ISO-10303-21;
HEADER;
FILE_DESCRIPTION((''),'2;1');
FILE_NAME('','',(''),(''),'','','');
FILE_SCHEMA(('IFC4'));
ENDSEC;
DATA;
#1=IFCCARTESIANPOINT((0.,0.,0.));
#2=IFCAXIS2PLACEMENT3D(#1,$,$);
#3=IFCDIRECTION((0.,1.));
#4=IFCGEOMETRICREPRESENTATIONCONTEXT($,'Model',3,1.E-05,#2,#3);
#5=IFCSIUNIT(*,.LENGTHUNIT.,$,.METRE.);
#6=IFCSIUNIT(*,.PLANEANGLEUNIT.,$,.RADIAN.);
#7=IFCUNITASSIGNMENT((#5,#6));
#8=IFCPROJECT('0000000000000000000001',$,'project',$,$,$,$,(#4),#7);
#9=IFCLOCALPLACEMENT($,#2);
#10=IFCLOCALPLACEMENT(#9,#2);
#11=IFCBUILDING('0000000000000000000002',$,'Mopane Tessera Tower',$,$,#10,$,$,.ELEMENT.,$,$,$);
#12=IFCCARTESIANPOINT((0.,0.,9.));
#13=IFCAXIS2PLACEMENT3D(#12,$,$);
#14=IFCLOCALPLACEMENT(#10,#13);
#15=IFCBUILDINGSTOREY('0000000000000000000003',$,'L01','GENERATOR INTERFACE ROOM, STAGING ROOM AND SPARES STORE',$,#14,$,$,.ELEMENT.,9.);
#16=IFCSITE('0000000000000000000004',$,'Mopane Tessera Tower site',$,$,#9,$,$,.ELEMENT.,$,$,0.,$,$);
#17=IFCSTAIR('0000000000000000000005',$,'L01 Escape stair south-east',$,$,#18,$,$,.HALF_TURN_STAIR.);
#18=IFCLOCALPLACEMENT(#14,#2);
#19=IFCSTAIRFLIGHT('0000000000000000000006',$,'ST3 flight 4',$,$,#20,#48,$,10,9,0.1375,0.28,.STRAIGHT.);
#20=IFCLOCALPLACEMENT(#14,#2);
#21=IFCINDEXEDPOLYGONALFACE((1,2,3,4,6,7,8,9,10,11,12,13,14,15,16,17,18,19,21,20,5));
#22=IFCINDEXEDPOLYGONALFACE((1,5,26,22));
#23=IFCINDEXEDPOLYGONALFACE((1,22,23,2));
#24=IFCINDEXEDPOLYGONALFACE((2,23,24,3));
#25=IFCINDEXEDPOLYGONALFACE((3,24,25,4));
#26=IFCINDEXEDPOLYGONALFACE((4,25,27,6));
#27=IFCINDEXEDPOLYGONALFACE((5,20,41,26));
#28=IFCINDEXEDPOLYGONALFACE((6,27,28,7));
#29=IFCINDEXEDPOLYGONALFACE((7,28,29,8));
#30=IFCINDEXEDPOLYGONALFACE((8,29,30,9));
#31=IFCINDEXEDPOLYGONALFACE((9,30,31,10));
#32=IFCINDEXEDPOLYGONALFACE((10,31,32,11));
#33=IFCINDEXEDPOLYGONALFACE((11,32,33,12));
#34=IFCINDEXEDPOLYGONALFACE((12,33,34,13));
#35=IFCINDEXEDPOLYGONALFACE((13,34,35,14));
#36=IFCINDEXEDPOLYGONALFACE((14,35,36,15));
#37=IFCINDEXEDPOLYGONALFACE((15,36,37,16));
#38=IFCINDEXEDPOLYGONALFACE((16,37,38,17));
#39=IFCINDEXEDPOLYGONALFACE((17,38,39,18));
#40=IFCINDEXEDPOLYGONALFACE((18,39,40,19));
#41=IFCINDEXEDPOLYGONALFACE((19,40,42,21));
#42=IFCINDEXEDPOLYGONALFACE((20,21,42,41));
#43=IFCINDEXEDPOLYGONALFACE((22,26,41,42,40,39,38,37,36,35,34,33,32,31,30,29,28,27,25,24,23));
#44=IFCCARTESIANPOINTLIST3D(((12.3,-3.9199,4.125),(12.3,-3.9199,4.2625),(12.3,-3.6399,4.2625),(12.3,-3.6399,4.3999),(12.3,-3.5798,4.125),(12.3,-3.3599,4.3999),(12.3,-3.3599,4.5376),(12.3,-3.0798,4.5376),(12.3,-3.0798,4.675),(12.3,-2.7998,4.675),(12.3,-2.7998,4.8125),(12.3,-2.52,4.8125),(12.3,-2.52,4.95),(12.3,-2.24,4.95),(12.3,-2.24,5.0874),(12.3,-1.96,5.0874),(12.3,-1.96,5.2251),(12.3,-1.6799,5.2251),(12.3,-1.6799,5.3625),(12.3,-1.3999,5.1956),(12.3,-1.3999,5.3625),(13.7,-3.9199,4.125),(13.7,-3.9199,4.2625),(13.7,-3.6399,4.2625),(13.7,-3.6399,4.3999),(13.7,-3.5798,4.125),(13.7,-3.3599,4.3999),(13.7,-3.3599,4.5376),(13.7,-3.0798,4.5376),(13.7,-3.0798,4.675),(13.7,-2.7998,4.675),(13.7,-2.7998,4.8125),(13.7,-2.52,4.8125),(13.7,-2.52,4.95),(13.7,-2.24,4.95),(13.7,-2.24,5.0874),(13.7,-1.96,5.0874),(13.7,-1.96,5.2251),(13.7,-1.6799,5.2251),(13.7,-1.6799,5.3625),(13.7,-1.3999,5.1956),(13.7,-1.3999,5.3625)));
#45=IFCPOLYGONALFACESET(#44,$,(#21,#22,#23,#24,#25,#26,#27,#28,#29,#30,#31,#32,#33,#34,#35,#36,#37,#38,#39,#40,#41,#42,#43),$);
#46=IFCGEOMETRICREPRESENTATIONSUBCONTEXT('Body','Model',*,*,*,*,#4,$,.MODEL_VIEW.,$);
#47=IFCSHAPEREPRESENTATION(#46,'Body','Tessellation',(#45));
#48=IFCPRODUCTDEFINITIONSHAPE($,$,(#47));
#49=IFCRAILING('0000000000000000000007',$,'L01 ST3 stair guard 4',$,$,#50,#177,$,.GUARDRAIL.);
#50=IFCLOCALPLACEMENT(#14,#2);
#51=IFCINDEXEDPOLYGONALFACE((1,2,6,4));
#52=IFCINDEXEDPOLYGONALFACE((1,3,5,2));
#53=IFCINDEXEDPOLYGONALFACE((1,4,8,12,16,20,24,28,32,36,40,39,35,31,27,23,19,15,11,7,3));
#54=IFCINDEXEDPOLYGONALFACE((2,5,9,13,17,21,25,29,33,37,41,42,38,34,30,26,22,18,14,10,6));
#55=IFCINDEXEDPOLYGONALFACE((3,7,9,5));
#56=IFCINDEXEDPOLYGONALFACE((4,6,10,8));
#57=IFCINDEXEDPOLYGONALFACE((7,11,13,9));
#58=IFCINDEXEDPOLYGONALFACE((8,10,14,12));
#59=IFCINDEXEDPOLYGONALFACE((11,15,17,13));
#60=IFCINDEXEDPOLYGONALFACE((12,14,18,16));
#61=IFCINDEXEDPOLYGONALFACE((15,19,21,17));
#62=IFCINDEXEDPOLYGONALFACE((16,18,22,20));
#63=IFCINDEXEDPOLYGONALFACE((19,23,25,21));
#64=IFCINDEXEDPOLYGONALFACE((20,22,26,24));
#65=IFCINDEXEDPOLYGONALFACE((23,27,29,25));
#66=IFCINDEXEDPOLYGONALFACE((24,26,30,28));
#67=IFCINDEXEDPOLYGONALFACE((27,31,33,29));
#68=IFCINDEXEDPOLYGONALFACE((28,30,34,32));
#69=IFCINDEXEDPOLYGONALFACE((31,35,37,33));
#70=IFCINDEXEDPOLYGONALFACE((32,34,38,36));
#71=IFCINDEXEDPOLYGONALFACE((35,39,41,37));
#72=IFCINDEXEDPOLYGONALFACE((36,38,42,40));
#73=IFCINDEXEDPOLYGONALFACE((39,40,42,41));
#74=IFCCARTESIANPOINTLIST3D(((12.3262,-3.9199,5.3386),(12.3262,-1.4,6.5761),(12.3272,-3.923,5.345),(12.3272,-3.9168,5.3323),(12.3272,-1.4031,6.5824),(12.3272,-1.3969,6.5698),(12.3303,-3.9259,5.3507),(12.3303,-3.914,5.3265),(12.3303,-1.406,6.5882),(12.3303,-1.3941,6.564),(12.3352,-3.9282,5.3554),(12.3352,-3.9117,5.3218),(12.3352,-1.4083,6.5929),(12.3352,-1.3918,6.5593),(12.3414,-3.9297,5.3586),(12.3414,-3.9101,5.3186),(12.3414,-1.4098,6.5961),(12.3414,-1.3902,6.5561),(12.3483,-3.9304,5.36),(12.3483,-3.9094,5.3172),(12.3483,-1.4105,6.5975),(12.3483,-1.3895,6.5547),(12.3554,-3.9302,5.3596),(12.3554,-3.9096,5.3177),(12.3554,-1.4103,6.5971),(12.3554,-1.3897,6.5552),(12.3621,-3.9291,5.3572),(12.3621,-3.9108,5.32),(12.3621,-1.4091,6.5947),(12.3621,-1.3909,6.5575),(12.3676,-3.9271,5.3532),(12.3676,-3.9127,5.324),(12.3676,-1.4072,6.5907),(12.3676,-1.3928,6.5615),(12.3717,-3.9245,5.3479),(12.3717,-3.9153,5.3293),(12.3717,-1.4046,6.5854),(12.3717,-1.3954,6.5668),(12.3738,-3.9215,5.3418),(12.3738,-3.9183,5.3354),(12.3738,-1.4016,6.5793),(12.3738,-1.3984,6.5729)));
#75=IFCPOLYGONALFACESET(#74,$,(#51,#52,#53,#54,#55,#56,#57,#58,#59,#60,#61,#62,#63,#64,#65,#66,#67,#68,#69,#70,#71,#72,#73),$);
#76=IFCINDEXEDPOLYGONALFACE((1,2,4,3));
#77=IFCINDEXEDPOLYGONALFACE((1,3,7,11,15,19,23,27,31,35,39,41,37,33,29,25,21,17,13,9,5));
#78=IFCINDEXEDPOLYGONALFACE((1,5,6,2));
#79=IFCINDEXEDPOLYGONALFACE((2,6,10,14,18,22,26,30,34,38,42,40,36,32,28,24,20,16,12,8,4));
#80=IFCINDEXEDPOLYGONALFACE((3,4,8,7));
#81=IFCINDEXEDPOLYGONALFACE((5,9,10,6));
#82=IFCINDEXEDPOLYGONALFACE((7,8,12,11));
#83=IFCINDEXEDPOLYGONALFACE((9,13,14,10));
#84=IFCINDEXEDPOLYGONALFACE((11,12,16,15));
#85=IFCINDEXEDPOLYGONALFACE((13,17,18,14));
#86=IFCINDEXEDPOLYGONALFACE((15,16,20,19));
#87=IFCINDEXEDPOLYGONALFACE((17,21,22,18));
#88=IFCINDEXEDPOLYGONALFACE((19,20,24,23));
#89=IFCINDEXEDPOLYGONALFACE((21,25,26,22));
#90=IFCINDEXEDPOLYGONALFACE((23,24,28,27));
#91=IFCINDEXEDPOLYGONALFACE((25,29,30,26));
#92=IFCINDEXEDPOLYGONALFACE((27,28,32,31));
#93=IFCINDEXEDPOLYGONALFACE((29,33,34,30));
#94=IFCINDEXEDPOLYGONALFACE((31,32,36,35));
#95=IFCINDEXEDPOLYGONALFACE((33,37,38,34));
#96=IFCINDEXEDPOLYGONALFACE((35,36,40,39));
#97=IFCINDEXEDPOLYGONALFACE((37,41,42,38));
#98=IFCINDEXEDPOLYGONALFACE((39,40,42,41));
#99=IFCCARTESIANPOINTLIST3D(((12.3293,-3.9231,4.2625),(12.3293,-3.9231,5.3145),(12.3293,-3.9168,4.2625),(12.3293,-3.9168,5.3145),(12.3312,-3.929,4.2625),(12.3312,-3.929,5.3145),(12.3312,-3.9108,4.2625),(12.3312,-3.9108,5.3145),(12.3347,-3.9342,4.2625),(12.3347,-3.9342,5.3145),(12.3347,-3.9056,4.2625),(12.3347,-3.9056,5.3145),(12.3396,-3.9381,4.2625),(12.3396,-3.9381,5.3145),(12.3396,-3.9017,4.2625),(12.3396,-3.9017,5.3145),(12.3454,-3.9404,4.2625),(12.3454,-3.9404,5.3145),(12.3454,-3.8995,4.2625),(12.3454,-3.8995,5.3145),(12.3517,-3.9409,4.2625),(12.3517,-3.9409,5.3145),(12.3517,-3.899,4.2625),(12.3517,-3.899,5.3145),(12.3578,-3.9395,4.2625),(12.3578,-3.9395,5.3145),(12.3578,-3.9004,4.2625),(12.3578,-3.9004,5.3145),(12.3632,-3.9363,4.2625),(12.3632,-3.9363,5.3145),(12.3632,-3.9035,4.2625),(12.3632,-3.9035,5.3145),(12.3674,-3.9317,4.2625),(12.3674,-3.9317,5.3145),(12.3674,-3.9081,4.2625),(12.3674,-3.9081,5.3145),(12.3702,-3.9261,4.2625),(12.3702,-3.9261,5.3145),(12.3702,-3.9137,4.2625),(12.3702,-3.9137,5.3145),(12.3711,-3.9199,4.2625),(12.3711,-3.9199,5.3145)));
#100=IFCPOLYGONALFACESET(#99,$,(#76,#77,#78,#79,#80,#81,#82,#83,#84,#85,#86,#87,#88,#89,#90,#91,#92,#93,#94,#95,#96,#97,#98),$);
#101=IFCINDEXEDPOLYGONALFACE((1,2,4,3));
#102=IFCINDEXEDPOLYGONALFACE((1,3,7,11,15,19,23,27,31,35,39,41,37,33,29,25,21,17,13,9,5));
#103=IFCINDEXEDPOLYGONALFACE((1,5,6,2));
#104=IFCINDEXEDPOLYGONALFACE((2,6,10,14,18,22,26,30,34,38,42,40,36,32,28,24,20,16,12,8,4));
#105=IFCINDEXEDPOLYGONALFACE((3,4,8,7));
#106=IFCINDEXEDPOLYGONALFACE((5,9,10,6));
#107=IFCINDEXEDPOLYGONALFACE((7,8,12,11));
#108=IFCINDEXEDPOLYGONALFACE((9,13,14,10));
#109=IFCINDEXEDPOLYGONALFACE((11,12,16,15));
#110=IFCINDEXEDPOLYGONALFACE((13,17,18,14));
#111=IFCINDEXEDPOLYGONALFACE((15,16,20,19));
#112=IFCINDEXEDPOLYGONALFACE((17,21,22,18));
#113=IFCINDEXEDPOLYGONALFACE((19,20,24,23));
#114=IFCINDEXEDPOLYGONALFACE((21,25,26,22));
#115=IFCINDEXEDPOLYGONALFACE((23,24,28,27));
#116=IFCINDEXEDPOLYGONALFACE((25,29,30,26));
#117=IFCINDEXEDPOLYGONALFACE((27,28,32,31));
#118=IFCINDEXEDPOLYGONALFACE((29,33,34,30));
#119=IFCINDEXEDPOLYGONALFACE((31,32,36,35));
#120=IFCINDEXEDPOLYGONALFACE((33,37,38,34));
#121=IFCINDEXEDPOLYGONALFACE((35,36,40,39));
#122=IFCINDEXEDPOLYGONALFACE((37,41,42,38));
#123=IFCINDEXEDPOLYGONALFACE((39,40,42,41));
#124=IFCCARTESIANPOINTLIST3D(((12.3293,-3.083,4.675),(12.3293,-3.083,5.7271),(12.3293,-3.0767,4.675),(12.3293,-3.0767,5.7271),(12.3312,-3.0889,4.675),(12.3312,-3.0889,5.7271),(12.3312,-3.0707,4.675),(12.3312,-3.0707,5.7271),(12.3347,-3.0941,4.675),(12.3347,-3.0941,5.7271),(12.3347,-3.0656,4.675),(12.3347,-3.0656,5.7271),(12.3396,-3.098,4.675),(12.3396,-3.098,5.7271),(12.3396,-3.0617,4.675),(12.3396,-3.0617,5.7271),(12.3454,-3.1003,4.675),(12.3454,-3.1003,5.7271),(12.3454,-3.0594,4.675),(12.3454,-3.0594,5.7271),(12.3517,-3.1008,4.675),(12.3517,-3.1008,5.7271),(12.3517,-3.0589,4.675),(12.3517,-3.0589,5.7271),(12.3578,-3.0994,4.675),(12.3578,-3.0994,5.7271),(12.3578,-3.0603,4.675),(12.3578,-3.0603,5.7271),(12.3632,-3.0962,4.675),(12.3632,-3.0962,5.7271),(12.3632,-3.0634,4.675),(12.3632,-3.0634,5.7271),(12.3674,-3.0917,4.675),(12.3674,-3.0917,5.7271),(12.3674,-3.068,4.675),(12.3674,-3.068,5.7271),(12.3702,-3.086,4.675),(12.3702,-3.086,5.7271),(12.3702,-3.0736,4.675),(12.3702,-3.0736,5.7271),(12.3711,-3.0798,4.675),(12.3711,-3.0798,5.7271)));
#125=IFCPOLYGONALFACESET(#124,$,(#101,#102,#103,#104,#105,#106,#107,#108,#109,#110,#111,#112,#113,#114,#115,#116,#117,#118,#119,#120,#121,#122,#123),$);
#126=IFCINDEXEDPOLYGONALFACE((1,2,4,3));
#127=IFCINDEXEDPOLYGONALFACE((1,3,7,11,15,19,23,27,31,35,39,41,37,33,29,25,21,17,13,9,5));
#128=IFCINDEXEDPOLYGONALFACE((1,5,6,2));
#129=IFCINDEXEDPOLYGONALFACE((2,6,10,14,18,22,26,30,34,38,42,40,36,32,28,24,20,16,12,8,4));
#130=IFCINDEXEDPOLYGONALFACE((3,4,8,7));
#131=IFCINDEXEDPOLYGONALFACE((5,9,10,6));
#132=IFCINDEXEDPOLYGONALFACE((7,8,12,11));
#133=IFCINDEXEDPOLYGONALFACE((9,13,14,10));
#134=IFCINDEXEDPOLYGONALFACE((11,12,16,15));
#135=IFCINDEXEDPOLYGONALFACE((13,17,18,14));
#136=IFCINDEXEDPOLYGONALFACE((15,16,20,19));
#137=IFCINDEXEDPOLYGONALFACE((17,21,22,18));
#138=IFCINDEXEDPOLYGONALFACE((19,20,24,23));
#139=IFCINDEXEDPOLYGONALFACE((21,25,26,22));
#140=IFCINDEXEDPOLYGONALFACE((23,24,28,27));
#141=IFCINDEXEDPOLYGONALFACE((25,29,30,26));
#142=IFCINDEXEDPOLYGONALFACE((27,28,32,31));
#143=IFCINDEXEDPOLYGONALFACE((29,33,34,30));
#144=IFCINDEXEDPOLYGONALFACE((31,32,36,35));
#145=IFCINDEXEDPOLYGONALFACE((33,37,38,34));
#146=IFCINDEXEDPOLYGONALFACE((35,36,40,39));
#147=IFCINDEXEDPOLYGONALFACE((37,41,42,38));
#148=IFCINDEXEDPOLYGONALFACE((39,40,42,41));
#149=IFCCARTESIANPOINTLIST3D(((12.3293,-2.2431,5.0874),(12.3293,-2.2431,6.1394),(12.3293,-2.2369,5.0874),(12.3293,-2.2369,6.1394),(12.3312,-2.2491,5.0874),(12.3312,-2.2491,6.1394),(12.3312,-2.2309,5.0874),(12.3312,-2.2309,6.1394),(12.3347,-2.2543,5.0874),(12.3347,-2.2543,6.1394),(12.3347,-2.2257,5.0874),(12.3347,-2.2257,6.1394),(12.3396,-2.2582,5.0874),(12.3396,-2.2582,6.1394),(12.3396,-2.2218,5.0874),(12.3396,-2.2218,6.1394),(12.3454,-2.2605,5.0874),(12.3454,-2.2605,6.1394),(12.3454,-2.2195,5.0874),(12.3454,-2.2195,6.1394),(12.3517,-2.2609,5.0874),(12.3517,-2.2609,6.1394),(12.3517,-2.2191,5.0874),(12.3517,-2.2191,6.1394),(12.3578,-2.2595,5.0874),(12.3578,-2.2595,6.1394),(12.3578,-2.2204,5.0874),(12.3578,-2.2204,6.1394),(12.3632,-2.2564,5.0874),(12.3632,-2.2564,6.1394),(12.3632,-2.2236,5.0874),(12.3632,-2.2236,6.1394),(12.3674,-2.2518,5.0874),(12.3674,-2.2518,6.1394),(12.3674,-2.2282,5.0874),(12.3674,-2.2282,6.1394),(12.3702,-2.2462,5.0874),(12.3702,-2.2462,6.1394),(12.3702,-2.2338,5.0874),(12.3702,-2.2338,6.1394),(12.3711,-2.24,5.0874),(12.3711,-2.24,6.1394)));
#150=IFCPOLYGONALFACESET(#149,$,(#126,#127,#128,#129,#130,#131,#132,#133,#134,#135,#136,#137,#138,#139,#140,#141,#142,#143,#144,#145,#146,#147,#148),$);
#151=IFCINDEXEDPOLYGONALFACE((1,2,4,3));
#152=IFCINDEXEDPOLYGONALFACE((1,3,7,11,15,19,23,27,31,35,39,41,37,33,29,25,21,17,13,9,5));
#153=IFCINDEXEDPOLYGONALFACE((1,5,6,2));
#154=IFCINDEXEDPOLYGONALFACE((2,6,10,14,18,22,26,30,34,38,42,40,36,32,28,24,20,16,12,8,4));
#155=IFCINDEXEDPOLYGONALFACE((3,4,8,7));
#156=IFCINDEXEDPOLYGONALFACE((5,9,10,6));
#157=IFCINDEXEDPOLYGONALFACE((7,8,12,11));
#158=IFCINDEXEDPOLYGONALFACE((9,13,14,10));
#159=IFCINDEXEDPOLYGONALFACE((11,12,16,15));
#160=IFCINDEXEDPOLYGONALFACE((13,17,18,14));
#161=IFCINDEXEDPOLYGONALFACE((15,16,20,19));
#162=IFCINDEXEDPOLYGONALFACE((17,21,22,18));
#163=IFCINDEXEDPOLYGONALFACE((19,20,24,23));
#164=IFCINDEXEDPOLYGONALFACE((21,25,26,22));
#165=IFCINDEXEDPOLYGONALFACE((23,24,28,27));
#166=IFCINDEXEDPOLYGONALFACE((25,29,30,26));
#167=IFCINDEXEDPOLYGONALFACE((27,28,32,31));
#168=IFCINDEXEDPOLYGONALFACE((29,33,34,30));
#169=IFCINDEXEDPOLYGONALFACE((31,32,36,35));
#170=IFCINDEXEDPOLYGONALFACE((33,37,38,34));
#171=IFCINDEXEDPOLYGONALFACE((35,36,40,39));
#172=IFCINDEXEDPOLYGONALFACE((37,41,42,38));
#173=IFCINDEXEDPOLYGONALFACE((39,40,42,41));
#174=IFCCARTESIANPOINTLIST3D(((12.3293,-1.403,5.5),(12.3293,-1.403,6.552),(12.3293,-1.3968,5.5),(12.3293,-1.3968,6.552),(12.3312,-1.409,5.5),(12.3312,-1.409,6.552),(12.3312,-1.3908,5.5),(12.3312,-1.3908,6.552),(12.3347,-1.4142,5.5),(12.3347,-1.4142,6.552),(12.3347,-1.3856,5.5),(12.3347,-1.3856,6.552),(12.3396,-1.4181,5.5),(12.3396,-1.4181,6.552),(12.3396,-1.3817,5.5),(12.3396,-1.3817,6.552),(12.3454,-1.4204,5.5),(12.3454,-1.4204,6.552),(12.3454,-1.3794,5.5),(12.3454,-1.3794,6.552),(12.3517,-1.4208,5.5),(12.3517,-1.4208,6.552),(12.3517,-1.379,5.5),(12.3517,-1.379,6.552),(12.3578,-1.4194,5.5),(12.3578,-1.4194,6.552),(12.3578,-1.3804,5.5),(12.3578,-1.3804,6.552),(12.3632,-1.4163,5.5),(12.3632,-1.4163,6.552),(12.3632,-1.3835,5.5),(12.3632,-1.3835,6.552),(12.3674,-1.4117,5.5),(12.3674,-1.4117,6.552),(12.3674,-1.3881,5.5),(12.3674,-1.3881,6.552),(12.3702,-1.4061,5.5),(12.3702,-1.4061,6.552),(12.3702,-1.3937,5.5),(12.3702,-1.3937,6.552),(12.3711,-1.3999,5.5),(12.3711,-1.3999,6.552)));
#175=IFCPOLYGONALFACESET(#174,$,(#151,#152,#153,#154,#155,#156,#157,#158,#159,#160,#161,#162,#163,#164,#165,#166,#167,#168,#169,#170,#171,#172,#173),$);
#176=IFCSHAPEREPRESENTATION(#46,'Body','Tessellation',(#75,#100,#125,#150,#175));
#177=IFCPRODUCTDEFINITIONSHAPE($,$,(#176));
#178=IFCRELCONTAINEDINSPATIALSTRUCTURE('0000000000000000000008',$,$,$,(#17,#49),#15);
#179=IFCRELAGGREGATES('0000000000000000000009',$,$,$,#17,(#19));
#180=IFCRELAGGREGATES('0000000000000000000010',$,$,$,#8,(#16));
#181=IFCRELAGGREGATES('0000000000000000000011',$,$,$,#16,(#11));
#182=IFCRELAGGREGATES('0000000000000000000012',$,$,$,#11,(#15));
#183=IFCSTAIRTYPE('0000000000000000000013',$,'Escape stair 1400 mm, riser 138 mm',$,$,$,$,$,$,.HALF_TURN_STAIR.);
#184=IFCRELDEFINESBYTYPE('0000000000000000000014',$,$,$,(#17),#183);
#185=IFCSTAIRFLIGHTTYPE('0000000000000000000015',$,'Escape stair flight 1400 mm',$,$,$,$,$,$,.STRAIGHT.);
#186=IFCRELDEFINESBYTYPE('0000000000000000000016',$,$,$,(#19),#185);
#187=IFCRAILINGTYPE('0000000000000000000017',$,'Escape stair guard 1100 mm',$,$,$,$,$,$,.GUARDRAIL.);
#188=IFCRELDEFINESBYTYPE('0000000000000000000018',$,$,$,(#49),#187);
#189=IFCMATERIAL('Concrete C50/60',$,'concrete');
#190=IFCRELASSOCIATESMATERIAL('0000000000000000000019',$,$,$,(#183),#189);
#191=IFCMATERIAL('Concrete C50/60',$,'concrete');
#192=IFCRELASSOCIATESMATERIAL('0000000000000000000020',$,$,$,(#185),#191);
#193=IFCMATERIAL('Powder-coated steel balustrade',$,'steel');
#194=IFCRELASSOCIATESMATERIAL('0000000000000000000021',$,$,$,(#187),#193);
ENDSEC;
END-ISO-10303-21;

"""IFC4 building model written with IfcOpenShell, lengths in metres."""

from ifc_helpers import new_model, si_unit, direction, frame, origin, origin_2d, place, context, subcontext, project, spatial, polyline, circle, outline, extrude, material, type_object, element, aggregate, save


model = new_model("IFC4")

# Units and contexts
model_context = context("Model", 3, precision=1e-05, world=origin(), true_north=direction((0.0, 1.0)))
body_context = subcontext(model_context, "Body", "Model", "MODEL_VIEW")
ifc_project = project(units=[si_unit("LENGTHUNIT", "METRE"), si_unit("PLANEANGLEUNIT", "RADIAN")], contexts=[model_context])

# Site, building, storey
site_placement = place(None, origin())
site = spatial("IfcSite", under=ifc_project, at=site_placement, Name="Mopane Tessera Tower site", CompositionType="ELEMENT", RefElevation=0.0)
building_placement = place(site_placement, origin())
building = spatial("IfcBuilding", under=site, at=building_placement, Name="Mopane Tessera Tower", CompositionType="ELEMENT")
storey_placement = place(building_placement, frame((0.0, 0.0, 9.0)))
storey = spatial("IfcBuildingStorey", under=building, at=storey_placement, Name="L01", Description="GENERATOR INTERFACE ROOM, STAGING ROOM AND SPARES STORE", CompositionType="ELEMENT", Elevation=9.0)

# Stair, stair flight
ifc_material_1 = material(Name="Concrete C50/60", Category="concrete")
stair_type = type_object("IfcStairType", Name="Escape stair 1400 mm, riser 138 mm", PredefinedType="HALF_TURN_STAIR", material=ifc_material_1)
stair_placement = place(storey_placement, origin())
stair = element("IfcStair", 1, at=stair_placement, inside=storey, type_object=stair_type, Name="L01 Escape stair south-east", PredefinedType="HALF_TURN_STAIR")
ifc_material_2 = material(Name="Concrete C50/60", Category="concrete")
stair_flight_type = type_object("IfcStairFlightType", Name="Escape stair flight 1400 mm", PredefinedType="STRAIGHT", material=ifc_material_2)
stair_flight_1_placement = place(storey_placement, frame((13.0, -3.9199, 4.125), z_axis=(0.0, 0.0, 1.0), x_axis=(0.0, 1.0, 0.0)))
stair_flight_1 = element("IfcStairFlight", 2, at=stair_flight_1_placement, type_object=stair_flight_type, Name="ST3 flight 4", NumberOfRisers=10, NumberOfTreads=9, PredefinedType="STRAIGHT", RiserHeight=0.1375, TreadLength=0.28, context=body_context, shape_type="SweptSolid", body=[
    extrude(outline(polyline([(0.0, 0.0), (0.0, 0.1375), (0.28, 0.1375), (0.28, 0.2749), (0.5601, 0.2749), (0.5601, 0.4126), (0.8401, 0.4126), (0.8401, 0.55), (1.1201, 0.55), (1.1201, 0.6875), (1.3999, 0.6875), (1.3999, 0.825), (1.6799, 0.825), (1.6799, 0.9624), (1.96, 0.9624), (1.96, 1.1001), (2.24, 1.1001), (2.24, 1.2375), (2.52, 1.2375), (2.52, 1.375), (2.52, 1.0706), (0.3401, 0.0), (0.0, 0.0)])), frame((0.0, 0.7, 0.0), z_axis=(0.0, -1.0, 0.0), x_axis=(1.0, 0.0, 0.0)), (0.0, 0.0, 1.0), 1.3999),
])
aggregate(stair, [stair_flight_1])

# Railing
ifc_material_3 = material(Name="Powder-coated steel balustrade", Category="steel")
railing_type_1 = type_object("IfcRailingType", Name="Escape stair guard 1100 mm", PredefinedType="GUARDRAIL", material=ifc_material_3)
railing_1_placement = place(storey_placement, frame((12.3501, -3.9199, 4.2625)))
element("IfcRailing", 3, at=railing_1_placement, inside=storey, type_object=railing_type_1, Name="L01 ST3 stair guard 4", PredefinedType="GUARDRAIL", context=body_context, shape_type="SweptSolid", body=[
    extrude(circle(Radius=0.0239, at=origin_2d()), frame((0.0, 0.0, 1.0762), z_axis=(0.0, 0.897604, 0.440802), x_axis=(-1.0, 0.0, 0.0)), (0.0, 0.0, 1.0), 2.8074),
    extrude(circle(Radius=0.021, at=origin_2d()), origin(), (0.0, 0.0, 1.0), 1.052),
    extrude(circle(Radius=0.021, at=origin_2d()), frame((0.0, 0.8401, 0.4126)), (0.0, 0.0, 1.0), 1.052),
    extrude(circle(Radius=0.021, at=origin_2d()), frame((0.0, 1.6799, 0.825)), (0.0, 0.0, 1.0), 1.052),
    extrude(circle(Radius=0.021, at=origin_2d()), frame((0.0, 2.52, 1.2375)), (0.0, 0.0, 1.0), 1.052),
])

save(model, "model.ifc")
